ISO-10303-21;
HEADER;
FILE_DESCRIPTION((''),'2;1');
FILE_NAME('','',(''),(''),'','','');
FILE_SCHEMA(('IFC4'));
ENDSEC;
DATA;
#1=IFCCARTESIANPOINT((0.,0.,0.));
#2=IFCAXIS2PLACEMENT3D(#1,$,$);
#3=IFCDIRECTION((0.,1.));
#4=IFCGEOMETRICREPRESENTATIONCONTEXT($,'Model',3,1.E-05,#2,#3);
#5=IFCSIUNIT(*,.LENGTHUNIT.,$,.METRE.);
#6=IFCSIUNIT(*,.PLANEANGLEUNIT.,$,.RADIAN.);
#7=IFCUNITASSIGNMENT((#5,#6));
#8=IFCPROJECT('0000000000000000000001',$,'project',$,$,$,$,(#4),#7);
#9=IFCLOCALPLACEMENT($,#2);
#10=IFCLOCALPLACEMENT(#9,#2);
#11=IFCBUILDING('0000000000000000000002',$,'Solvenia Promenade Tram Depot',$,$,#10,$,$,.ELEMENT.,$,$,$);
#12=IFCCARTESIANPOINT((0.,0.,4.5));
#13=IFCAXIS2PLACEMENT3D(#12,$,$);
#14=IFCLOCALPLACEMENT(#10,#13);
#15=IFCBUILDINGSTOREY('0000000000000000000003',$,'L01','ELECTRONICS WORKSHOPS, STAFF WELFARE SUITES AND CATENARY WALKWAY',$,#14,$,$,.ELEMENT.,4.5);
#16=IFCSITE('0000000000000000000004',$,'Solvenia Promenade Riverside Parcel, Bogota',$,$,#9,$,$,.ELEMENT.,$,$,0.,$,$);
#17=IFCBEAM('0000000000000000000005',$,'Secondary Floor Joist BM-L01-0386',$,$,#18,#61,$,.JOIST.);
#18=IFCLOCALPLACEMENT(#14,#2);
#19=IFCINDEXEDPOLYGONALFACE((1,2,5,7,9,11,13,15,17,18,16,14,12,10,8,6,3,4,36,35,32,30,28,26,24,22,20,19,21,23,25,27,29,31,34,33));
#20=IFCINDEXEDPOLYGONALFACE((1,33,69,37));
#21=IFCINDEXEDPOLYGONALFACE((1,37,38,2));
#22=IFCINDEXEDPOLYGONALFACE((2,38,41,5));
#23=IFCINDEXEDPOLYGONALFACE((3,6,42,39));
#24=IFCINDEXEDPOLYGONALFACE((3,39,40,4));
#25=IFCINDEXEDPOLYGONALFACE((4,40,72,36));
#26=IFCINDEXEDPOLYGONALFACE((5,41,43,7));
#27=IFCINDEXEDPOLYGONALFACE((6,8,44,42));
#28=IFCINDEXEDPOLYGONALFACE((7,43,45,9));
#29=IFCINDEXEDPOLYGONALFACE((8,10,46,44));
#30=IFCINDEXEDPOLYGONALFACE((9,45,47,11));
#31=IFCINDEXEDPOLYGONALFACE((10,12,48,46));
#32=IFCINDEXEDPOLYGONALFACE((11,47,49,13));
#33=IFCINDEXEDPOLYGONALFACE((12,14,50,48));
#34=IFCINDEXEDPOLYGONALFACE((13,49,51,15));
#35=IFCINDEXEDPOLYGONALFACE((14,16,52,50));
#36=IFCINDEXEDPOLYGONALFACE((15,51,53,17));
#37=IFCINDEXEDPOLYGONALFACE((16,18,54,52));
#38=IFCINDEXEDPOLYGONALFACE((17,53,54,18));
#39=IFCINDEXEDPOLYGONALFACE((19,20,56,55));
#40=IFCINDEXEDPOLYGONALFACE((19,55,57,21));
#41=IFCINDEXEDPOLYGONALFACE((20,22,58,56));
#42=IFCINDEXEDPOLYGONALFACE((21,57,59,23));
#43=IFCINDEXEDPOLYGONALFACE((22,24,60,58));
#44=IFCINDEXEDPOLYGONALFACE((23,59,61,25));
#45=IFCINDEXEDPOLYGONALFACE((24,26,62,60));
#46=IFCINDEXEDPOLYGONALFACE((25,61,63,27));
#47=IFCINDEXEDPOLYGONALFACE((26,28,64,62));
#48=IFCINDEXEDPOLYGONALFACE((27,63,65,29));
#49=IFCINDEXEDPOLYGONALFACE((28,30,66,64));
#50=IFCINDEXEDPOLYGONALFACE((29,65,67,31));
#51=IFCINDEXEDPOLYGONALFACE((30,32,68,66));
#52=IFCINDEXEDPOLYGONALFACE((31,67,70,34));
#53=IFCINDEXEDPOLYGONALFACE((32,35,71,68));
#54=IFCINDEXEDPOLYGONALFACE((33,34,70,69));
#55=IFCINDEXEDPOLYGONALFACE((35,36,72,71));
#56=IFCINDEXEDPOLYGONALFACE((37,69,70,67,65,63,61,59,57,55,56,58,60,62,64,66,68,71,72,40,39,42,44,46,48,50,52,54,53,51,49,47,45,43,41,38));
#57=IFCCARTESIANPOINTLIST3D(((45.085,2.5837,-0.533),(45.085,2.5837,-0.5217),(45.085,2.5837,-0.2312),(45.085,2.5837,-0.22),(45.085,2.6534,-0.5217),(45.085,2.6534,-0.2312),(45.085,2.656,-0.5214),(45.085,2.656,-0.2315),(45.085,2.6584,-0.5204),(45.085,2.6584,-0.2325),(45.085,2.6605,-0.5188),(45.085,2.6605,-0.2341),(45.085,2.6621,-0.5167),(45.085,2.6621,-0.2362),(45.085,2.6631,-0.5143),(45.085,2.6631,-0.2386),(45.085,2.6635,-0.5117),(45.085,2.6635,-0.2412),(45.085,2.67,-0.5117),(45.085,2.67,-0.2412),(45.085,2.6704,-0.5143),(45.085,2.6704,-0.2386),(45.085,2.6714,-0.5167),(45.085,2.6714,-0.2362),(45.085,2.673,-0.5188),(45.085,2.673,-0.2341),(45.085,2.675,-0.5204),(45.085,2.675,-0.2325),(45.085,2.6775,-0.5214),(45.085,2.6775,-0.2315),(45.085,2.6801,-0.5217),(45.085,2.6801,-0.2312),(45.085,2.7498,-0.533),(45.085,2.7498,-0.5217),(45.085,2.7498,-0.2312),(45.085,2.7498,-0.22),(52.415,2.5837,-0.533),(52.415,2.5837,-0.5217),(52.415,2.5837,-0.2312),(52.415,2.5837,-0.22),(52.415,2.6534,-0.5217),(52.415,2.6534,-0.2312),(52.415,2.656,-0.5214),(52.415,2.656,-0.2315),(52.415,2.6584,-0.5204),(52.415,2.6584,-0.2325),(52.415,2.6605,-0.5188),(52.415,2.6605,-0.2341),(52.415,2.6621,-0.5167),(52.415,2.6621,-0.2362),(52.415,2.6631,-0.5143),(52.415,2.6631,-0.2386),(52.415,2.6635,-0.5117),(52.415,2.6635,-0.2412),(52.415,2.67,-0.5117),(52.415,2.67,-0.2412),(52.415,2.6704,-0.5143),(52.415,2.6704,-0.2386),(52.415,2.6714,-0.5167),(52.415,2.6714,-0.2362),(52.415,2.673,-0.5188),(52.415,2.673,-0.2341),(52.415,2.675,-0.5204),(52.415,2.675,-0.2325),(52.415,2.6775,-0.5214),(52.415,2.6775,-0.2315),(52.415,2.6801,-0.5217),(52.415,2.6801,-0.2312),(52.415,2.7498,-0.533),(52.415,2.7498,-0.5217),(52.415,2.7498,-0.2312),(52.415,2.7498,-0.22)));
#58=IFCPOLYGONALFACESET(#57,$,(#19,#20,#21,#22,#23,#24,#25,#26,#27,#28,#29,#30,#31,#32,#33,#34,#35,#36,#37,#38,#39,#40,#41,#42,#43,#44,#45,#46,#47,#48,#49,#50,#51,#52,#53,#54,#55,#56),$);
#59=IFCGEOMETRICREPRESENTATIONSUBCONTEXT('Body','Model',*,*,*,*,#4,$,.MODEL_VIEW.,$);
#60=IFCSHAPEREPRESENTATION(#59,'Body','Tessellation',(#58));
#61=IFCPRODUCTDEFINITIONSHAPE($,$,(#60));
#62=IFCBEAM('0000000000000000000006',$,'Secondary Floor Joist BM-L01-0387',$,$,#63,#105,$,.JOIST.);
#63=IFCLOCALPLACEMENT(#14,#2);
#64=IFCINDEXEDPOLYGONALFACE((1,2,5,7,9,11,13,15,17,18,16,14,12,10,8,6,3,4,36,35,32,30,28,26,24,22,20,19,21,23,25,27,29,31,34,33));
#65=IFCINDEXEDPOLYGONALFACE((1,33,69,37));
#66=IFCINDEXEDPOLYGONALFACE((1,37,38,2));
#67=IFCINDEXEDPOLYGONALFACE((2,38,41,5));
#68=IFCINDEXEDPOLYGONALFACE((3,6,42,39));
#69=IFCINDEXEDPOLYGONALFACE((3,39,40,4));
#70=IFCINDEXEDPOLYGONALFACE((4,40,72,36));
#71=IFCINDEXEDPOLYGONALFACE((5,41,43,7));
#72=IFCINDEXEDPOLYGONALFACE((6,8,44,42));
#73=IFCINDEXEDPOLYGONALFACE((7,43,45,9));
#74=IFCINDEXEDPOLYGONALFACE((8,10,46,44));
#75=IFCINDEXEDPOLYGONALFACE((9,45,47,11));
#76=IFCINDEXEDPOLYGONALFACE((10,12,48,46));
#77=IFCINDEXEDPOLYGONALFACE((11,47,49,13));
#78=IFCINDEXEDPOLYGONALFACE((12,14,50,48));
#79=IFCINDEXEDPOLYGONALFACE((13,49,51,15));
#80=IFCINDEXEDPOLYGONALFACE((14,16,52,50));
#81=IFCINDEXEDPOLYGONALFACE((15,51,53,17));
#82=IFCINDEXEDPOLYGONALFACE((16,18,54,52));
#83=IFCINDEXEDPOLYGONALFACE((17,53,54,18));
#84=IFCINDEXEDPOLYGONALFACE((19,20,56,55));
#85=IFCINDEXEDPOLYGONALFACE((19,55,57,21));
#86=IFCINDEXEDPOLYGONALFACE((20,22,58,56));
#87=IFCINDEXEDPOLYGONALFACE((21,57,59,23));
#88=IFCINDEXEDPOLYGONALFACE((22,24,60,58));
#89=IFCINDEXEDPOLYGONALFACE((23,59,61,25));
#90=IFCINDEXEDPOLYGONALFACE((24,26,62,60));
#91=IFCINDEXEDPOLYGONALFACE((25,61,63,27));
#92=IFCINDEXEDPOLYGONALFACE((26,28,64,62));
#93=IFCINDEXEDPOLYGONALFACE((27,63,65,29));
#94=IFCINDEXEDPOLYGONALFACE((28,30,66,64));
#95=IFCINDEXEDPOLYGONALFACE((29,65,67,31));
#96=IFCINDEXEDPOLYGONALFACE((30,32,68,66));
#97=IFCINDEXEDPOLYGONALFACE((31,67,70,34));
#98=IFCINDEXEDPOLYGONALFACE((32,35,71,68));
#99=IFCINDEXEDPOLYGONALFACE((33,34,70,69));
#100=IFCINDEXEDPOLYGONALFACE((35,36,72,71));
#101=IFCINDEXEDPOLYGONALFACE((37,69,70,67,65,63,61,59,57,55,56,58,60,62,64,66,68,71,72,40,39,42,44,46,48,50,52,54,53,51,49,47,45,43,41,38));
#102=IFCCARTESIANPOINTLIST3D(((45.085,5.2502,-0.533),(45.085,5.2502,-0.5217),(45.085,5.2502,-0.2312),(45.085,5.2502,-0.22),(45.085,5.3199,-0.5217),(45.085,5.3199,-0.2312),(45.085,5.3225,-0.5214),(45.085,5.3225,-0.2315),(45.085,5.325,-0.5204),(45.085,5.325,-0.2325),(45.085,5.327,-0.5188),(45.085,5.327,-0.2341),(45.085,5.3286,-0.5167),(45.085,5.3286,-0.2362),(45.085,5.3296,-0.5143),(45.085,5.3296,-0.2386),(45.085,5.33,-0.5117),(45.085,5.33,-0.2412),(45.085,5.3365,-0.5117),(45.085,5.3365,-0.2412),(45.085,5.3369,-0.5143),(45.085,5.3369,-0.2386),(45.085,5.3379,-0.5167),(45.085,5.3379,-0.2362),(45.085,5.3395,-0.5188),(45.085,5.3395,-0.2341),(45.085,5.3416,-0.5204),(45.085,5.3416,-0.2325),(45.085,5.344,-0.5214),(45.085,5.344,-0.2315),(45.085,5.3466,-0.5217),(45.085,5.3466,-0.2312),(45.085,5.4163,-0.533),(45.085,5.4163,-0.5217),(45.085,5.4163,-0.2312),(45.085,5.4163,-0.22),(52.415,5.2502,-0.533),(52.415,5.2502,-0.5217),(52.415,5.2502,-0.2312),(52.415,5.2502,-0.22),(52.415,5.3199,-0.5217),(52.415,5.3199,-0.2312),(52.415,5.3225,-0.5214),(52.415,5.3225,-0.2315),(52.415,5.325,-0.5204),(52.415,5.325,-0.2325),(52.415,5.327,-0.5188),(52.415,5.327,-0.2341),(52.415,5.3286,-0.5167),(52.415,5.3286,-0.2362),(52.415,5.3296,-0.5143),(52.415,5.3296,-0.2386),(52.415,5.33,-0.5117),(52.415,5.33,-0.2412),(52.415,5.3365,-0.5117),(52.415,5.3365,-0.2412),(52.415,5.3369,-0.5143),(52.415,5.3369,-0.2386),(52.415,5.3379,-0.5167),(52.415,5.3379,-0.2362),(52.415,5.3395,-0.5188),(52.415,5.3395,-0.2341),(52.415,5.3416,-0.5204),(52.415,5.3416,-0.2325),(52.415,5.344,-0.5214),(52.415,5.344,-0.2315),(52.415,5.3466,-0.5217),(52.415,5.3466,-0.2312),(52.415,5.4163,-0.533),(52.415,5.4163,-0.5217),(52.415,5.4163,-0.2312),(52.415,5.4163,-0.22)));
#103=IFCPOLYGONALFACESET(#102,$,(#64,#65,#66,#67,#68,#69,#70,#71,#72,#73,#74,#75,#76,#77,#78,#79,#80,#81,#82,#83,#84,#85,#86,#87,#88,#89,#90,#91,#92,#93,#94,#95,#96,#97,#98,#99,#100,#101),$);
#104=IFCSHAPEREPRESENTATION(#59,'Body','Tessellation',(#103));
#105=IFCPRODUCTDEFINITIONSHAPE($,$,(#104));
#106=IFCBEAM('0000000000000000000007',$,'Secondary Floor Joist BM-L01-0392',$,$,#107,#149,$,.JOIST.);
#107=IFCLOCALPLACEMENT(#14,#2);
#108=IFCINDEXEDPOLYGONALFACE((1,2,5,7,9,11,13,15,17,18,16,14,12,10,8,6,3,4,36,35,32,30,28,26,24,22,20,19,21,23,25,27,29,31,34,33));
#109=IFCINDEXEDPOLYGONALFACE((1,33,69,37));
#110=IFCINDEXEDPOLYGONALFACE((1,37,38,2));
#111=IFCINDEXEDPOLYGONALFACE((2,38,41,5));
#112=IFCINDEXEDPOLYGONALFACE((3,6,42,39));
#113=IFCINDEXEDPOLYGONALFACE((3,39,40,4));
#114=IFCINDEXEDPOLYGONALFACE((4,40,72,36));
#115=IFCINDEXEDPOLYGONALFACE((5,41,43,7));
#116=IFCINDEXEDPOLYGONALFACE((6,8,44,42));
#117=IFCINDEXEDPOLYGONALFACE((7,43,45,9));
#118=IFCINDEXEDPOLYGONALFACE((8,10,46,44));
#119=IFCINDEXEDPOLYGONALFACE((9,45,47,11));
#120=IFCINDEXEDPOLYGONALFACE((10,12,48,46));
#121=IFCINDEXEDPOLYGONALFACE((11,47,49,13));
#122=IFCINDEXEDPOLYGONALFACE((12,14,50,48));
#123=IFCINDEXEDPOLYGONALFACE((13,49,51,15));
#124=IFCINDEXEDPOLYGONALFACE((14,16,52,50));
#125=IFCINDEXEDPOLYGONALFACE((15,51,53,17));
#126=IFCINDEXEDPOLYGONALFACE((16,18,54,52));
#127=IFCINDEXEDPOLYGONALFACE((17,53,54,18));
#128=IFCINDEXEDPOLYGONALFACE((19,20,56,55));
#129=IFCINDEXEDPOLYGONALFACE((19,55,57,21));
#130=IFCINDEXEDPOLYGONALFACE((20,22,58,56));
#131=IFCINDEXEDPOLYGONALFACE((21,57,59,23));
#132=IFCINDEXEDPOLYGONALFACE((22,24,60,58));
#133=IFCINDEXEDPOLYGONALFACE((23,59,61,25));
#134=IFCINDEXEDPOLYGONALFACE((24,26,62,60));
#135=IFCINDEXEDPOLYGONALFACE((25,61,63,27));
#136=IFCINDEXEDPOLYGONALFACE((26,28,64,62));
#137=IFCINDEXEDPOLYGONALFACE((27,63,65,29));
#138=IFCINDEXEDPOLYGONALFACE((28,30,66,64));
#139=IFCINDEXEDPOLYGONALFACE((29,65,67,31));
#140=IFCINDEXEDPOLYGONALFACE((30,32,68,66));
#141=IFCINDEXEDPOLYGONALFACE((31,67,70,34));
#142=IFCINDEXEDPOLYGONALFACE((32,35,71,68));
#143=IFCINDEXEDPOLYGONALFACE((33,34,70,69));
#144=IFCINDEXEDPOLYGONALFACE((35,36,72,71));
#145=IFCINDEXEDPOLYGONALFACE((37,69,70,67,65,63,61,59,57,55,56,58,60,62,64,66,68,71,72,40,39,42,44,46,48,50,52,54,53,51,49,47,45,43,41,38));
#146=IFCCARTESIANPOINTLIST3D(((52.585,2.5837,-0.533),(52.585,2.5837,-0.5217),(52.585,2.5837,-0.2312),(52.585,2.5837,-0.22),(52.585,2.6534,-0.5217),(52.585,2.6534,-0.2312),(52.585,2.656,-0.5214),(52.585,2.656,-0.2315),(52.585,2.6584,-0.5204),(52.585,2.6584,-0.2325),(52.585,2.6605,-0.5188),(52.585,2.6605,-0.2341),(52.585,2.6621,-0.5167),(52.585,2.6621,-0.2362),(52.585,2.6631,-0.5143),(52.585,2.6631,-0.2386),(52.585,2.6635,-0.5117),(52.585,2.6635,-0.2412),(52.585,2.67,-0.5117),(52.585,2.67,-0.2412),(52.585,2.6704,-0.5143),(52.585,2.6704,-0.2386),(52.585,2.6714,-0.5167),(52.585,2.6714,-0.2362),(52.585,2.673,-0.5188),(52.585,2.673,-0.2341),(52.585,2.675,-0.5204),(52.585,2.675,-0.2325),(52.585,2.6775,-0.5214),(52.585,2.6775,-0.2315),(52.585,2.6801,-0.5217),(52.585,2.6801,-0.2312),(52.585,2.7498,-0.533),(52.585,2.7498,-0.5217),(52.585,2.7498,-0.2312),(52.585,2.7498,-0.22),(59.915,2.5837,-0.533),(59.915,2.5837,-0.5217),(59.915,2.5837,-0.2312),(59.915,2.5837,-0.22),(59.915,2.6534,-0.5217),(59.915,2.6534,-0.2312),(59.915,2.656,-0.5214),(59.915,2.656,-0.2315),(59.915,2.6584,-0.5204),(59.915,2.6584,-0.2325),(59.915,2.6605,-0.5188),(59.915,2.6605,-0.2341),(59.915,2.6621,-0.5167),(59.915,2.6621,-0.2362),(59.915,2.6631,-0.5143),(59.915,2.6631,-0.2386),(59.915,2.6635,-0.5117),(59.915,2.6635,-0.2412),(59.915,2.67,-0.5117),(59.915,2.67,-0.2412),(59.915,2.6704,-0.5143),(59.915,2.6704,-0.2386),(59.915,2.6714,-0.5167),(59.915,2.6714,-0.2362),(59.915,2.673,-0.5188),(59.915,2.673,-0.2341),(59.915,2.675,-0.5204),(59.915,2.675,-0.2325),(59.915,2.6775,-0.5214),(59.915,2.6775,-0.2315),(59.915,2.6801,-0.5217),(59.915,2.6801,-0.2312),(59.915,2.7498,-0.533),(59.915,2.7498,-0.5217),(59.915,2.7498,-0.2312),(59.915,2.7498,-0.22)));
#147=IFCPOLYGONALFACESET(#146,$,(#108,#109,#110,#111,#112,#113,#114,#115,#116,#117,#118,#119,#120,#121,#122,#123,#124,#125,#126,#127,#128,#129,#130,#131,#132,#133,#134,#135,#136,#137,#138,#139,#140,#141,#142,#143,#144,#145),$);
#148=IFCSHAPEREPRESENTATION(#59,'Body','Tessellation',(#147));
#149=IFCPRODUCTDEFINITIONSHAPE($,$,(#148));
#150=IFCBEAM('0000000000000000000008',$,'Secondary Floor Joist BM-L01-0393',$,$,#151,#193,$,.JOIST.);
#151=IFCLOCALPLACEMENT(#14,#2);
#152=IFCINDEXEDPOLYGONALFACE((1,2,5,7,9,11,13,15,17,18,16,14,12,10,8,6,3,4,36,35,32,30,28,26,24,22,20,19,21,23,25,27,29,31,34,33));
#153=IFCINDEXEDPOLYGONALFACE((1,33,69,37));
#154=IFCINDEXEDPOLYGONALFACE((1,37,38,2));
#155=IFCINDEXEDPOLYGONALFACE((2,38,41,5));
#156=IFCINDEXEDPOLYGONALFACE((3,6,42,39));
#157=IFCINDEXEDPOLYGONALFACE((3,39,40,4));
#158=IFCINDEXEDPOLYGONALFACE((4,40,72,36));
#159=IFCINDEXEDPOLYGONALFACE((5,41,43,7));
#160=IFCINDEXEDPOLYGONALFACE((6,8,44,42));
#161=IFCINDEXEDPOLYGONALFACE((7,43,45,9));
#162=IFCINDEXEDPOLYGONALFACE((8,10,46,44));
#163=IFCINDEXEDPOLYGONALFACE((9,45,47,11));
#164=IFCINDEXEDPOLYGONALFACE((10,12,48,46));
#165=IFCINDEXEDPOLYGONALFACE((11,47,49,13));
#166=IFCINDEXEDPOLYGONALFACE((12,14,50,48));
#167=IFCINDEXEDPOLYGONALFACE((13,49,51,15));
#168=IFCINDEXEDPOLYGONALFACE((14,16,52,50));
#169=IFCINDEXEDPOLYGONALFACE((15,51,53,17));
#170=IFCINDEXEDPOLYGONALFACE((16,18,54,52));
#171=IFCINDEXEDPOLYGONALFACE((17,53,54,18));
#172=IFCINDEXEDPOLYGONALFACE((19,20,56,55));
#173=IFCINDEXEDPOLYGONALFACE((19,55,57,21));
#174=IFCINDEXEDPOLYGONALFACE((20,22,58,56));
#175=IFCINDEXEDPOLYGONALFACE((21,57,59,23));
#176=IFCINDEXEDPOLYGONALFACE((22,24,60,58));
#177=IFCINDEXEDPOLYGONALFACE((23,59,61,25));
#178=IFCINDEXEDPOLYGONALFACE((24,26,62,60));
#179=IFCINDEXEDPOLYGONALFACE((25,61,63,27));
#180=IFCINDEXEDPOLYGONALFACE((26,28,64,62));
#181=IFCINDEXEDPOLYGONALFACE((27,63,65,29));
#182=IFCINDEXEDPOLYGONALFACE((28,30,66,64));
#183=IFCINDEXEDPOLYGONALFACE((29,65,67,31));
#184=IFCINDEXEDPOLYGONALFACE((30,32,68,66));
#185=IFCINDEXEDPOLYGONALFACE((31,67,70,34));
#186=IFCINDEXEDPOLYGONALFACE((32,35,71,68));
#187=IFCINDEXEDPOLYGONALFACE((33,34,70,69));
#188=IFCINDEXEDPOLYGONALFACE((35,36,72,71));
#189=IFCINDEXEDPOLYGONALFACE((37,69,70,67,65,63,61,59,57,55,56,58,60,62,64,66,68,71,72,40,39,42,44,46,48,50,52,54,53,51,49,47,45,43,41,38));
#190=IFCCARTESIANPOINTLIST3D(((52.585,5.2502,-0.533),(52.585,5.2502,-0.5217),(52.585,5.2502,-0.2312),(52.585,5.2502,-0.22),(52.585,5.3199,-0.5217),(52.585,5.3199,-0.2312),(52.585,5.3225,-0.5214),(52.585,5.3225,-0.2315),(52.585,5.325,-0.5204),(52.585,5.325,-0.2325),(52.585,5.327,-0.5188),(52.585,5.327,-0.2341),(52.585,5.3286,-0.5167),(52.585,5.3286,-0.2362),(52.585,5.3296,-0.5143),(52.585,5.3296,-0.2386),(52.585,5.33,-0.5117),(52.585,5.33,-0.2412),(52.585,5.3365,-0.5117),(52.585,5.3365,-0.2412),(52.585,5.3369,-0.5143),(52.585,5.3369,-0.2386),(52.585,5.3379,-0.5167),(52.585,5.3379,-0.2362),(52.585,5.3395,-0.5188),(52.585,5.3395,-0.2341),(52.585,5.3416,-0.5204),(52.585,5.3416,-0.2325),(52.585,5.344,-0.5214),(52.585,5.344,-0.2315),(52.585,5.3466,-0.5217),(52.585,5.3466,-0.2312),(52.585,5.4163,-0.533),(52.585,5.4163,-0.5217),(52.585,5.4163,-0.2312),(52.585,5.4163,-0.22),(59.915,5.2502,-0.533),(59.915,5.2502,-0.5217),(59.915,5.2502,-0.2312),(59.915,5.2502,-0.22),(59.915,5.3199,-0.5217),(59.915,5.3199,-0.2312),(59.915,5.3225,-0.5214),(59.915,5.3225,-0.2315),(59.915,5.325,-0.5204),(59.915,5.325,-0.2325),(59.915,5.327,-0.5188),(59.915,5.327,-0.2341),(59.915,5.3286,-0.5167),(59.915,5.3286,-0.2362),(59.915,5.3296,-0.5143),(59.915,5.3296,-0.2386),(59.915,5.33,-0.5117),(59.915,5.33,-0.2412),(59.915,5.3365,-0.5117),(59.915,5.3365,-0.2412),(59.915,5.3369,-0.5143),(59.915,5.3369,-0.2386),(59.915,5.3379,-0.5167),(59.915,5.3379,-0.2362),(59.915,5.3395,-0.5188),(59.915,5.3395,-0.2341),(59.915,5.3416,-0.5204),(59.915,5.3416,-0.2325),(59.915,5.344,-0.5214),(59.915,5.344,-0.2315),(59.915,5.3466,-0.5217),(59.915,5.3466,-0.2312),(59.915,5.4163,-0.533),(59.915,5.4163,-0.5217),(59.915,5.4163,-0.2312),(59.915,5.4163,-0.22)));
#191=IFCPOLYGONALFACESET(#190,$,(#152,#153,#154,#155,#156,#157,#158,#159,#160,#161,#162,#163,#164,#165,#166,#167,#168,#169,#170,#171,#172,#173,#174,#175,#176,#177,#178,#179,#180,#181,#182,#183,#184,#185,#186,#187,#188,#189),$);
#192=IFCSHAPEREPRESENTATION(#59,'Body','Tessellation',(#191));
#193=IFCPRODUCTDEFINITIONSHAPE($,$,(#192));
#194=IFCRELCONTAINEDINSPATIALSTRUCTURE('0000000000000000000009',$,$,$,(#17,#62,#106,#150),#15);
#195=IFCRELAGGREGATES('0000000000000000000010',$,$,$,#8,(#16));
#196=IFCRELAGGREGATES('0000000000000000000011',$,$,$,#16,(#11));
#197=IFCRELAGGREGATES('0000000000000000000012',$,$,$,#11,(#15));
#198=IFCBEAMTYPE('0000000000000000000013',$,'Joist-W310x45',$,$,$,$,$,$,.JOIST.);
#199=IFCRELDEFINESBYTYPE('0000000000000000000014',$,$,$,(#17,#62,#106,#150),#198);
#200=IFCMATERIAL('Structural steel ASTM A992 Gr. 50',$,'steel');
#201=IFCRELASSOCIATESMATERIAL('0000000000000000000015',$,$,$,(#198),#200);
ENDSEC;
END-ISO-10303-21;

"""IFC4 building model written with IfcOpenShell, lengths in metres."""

from ifc_helpers import new_model, si_unit, direction, frame, origin, origin_2d, place, context, subcontext, project, spatial, i_section, extrude, material, material_profile, profile_set, type_object, element, save


model = new_model("IFC4")

# Units and contexts
model_context = context("Model", 3, precision=1e-05, world=origin(), true_north=direction((0.0, 1.0)))
body_context = subcontext(model_context, "Body", "Model", "MODEL_VIEW")
ifc_project = project(units=[si_unit("LENGTHUNIT", "METRE"), si_unit("PLANEANGLEUNIT", "RADIAN")], contexts=[model_context])

# Site, building, storey
site_placement = place(None, origin())
site = spatial("IfcSite", under=ifc_project, at=site_placement, Name="Solvenia Promenade Riverside Parcel, Bogota", CompositionType="ELEMENT", RefElevation=0.0)
building_placement = place(site_placement, origin())
building = spatial("IfcBuilding", under=site, at=building_placement, Name="Solvenia Promenade Tram Depot", CompositionType="ELEMENT")
storey_placement = place(building_placement, frame((0.0, 0.0, 4.5)))
storey = spatial("IfcBuildingStorey", under=building, at=storey_placement, Name="L01", Description="ELECTRONICS WORKSHOPS, STAFF WELFARE SUITES AND CATENARY WALKWAY", CompositionType="ELEMENT", Elevation=4.5)

# Beams
ifc_material_1 = material(Name="Structural steel ASTM A992 Gr. 50", Category="steel")
ifc_material_profile_1 = material_profile(ifc_material_1, i_section(OverallWidth=0.166, OverallDepth=0.313, WebThickness=0.0066, FlangeThickness=0.0112, FilletRadius=0.01, at=origin_2d()), Name="W310x45", Category="steel")
ifc_profile_set_1 = profile_set([ifc_material_profile_1], Name="Structural steel ASTM A992 Gr. 50")
beam_type_1 = type_object("IfcBeamType", Name="Joist-W310x45", PredefinedType="JOIST", material=ifc_profile_set_1)
for number, where, z_axis, x_axis, name in (
    (1, (45.085, 2.6667, -0.3765), (1.0, 0.0, 0.0), (0.0, 1.0, 0.0), "Secondary Floor Joist BM-L01-0386"),
    (2, (45.085, 5.3333, -0.3765), (1.0, 0.0, 0.0), (0.0, 1.0, 0.0), "Secondary Floor Joist BM-L01-0387"),
    (3, (52.585, 2.6667, -0.3765), (1.0, 0.0, 0.0), (0.0, 1.0, 0.0), "Secondary Floor Joist BM-L01-0392"),
    (4, (52.585, 5.3333, -0.3765), (1.0, 0.0, 0.0), (0.0, 1.0, 0.0), "Secondary Floor Joist BM-L01-0393"),
):
    element("IfcBeam", number, at=place(storey_placement, frame(where, z_axis=z_axis, x_axis=x_axis)), inside=storey, type_object=beam_type_1, Name=name, PredefinedType="JOIST", context=body_context, shape_type="SweptSolid", body=[
        extrude(i_section(OverallWidth=0.166, OverallDepth=0.313, WebThickness=0.0066, FlangeThickness=0.0112, FilletRadius=0.01, at=origin_2d()), origin(), (0.0, 0.0, 1.0), 7.3301),
    ])

save(model, "model.ifc")
